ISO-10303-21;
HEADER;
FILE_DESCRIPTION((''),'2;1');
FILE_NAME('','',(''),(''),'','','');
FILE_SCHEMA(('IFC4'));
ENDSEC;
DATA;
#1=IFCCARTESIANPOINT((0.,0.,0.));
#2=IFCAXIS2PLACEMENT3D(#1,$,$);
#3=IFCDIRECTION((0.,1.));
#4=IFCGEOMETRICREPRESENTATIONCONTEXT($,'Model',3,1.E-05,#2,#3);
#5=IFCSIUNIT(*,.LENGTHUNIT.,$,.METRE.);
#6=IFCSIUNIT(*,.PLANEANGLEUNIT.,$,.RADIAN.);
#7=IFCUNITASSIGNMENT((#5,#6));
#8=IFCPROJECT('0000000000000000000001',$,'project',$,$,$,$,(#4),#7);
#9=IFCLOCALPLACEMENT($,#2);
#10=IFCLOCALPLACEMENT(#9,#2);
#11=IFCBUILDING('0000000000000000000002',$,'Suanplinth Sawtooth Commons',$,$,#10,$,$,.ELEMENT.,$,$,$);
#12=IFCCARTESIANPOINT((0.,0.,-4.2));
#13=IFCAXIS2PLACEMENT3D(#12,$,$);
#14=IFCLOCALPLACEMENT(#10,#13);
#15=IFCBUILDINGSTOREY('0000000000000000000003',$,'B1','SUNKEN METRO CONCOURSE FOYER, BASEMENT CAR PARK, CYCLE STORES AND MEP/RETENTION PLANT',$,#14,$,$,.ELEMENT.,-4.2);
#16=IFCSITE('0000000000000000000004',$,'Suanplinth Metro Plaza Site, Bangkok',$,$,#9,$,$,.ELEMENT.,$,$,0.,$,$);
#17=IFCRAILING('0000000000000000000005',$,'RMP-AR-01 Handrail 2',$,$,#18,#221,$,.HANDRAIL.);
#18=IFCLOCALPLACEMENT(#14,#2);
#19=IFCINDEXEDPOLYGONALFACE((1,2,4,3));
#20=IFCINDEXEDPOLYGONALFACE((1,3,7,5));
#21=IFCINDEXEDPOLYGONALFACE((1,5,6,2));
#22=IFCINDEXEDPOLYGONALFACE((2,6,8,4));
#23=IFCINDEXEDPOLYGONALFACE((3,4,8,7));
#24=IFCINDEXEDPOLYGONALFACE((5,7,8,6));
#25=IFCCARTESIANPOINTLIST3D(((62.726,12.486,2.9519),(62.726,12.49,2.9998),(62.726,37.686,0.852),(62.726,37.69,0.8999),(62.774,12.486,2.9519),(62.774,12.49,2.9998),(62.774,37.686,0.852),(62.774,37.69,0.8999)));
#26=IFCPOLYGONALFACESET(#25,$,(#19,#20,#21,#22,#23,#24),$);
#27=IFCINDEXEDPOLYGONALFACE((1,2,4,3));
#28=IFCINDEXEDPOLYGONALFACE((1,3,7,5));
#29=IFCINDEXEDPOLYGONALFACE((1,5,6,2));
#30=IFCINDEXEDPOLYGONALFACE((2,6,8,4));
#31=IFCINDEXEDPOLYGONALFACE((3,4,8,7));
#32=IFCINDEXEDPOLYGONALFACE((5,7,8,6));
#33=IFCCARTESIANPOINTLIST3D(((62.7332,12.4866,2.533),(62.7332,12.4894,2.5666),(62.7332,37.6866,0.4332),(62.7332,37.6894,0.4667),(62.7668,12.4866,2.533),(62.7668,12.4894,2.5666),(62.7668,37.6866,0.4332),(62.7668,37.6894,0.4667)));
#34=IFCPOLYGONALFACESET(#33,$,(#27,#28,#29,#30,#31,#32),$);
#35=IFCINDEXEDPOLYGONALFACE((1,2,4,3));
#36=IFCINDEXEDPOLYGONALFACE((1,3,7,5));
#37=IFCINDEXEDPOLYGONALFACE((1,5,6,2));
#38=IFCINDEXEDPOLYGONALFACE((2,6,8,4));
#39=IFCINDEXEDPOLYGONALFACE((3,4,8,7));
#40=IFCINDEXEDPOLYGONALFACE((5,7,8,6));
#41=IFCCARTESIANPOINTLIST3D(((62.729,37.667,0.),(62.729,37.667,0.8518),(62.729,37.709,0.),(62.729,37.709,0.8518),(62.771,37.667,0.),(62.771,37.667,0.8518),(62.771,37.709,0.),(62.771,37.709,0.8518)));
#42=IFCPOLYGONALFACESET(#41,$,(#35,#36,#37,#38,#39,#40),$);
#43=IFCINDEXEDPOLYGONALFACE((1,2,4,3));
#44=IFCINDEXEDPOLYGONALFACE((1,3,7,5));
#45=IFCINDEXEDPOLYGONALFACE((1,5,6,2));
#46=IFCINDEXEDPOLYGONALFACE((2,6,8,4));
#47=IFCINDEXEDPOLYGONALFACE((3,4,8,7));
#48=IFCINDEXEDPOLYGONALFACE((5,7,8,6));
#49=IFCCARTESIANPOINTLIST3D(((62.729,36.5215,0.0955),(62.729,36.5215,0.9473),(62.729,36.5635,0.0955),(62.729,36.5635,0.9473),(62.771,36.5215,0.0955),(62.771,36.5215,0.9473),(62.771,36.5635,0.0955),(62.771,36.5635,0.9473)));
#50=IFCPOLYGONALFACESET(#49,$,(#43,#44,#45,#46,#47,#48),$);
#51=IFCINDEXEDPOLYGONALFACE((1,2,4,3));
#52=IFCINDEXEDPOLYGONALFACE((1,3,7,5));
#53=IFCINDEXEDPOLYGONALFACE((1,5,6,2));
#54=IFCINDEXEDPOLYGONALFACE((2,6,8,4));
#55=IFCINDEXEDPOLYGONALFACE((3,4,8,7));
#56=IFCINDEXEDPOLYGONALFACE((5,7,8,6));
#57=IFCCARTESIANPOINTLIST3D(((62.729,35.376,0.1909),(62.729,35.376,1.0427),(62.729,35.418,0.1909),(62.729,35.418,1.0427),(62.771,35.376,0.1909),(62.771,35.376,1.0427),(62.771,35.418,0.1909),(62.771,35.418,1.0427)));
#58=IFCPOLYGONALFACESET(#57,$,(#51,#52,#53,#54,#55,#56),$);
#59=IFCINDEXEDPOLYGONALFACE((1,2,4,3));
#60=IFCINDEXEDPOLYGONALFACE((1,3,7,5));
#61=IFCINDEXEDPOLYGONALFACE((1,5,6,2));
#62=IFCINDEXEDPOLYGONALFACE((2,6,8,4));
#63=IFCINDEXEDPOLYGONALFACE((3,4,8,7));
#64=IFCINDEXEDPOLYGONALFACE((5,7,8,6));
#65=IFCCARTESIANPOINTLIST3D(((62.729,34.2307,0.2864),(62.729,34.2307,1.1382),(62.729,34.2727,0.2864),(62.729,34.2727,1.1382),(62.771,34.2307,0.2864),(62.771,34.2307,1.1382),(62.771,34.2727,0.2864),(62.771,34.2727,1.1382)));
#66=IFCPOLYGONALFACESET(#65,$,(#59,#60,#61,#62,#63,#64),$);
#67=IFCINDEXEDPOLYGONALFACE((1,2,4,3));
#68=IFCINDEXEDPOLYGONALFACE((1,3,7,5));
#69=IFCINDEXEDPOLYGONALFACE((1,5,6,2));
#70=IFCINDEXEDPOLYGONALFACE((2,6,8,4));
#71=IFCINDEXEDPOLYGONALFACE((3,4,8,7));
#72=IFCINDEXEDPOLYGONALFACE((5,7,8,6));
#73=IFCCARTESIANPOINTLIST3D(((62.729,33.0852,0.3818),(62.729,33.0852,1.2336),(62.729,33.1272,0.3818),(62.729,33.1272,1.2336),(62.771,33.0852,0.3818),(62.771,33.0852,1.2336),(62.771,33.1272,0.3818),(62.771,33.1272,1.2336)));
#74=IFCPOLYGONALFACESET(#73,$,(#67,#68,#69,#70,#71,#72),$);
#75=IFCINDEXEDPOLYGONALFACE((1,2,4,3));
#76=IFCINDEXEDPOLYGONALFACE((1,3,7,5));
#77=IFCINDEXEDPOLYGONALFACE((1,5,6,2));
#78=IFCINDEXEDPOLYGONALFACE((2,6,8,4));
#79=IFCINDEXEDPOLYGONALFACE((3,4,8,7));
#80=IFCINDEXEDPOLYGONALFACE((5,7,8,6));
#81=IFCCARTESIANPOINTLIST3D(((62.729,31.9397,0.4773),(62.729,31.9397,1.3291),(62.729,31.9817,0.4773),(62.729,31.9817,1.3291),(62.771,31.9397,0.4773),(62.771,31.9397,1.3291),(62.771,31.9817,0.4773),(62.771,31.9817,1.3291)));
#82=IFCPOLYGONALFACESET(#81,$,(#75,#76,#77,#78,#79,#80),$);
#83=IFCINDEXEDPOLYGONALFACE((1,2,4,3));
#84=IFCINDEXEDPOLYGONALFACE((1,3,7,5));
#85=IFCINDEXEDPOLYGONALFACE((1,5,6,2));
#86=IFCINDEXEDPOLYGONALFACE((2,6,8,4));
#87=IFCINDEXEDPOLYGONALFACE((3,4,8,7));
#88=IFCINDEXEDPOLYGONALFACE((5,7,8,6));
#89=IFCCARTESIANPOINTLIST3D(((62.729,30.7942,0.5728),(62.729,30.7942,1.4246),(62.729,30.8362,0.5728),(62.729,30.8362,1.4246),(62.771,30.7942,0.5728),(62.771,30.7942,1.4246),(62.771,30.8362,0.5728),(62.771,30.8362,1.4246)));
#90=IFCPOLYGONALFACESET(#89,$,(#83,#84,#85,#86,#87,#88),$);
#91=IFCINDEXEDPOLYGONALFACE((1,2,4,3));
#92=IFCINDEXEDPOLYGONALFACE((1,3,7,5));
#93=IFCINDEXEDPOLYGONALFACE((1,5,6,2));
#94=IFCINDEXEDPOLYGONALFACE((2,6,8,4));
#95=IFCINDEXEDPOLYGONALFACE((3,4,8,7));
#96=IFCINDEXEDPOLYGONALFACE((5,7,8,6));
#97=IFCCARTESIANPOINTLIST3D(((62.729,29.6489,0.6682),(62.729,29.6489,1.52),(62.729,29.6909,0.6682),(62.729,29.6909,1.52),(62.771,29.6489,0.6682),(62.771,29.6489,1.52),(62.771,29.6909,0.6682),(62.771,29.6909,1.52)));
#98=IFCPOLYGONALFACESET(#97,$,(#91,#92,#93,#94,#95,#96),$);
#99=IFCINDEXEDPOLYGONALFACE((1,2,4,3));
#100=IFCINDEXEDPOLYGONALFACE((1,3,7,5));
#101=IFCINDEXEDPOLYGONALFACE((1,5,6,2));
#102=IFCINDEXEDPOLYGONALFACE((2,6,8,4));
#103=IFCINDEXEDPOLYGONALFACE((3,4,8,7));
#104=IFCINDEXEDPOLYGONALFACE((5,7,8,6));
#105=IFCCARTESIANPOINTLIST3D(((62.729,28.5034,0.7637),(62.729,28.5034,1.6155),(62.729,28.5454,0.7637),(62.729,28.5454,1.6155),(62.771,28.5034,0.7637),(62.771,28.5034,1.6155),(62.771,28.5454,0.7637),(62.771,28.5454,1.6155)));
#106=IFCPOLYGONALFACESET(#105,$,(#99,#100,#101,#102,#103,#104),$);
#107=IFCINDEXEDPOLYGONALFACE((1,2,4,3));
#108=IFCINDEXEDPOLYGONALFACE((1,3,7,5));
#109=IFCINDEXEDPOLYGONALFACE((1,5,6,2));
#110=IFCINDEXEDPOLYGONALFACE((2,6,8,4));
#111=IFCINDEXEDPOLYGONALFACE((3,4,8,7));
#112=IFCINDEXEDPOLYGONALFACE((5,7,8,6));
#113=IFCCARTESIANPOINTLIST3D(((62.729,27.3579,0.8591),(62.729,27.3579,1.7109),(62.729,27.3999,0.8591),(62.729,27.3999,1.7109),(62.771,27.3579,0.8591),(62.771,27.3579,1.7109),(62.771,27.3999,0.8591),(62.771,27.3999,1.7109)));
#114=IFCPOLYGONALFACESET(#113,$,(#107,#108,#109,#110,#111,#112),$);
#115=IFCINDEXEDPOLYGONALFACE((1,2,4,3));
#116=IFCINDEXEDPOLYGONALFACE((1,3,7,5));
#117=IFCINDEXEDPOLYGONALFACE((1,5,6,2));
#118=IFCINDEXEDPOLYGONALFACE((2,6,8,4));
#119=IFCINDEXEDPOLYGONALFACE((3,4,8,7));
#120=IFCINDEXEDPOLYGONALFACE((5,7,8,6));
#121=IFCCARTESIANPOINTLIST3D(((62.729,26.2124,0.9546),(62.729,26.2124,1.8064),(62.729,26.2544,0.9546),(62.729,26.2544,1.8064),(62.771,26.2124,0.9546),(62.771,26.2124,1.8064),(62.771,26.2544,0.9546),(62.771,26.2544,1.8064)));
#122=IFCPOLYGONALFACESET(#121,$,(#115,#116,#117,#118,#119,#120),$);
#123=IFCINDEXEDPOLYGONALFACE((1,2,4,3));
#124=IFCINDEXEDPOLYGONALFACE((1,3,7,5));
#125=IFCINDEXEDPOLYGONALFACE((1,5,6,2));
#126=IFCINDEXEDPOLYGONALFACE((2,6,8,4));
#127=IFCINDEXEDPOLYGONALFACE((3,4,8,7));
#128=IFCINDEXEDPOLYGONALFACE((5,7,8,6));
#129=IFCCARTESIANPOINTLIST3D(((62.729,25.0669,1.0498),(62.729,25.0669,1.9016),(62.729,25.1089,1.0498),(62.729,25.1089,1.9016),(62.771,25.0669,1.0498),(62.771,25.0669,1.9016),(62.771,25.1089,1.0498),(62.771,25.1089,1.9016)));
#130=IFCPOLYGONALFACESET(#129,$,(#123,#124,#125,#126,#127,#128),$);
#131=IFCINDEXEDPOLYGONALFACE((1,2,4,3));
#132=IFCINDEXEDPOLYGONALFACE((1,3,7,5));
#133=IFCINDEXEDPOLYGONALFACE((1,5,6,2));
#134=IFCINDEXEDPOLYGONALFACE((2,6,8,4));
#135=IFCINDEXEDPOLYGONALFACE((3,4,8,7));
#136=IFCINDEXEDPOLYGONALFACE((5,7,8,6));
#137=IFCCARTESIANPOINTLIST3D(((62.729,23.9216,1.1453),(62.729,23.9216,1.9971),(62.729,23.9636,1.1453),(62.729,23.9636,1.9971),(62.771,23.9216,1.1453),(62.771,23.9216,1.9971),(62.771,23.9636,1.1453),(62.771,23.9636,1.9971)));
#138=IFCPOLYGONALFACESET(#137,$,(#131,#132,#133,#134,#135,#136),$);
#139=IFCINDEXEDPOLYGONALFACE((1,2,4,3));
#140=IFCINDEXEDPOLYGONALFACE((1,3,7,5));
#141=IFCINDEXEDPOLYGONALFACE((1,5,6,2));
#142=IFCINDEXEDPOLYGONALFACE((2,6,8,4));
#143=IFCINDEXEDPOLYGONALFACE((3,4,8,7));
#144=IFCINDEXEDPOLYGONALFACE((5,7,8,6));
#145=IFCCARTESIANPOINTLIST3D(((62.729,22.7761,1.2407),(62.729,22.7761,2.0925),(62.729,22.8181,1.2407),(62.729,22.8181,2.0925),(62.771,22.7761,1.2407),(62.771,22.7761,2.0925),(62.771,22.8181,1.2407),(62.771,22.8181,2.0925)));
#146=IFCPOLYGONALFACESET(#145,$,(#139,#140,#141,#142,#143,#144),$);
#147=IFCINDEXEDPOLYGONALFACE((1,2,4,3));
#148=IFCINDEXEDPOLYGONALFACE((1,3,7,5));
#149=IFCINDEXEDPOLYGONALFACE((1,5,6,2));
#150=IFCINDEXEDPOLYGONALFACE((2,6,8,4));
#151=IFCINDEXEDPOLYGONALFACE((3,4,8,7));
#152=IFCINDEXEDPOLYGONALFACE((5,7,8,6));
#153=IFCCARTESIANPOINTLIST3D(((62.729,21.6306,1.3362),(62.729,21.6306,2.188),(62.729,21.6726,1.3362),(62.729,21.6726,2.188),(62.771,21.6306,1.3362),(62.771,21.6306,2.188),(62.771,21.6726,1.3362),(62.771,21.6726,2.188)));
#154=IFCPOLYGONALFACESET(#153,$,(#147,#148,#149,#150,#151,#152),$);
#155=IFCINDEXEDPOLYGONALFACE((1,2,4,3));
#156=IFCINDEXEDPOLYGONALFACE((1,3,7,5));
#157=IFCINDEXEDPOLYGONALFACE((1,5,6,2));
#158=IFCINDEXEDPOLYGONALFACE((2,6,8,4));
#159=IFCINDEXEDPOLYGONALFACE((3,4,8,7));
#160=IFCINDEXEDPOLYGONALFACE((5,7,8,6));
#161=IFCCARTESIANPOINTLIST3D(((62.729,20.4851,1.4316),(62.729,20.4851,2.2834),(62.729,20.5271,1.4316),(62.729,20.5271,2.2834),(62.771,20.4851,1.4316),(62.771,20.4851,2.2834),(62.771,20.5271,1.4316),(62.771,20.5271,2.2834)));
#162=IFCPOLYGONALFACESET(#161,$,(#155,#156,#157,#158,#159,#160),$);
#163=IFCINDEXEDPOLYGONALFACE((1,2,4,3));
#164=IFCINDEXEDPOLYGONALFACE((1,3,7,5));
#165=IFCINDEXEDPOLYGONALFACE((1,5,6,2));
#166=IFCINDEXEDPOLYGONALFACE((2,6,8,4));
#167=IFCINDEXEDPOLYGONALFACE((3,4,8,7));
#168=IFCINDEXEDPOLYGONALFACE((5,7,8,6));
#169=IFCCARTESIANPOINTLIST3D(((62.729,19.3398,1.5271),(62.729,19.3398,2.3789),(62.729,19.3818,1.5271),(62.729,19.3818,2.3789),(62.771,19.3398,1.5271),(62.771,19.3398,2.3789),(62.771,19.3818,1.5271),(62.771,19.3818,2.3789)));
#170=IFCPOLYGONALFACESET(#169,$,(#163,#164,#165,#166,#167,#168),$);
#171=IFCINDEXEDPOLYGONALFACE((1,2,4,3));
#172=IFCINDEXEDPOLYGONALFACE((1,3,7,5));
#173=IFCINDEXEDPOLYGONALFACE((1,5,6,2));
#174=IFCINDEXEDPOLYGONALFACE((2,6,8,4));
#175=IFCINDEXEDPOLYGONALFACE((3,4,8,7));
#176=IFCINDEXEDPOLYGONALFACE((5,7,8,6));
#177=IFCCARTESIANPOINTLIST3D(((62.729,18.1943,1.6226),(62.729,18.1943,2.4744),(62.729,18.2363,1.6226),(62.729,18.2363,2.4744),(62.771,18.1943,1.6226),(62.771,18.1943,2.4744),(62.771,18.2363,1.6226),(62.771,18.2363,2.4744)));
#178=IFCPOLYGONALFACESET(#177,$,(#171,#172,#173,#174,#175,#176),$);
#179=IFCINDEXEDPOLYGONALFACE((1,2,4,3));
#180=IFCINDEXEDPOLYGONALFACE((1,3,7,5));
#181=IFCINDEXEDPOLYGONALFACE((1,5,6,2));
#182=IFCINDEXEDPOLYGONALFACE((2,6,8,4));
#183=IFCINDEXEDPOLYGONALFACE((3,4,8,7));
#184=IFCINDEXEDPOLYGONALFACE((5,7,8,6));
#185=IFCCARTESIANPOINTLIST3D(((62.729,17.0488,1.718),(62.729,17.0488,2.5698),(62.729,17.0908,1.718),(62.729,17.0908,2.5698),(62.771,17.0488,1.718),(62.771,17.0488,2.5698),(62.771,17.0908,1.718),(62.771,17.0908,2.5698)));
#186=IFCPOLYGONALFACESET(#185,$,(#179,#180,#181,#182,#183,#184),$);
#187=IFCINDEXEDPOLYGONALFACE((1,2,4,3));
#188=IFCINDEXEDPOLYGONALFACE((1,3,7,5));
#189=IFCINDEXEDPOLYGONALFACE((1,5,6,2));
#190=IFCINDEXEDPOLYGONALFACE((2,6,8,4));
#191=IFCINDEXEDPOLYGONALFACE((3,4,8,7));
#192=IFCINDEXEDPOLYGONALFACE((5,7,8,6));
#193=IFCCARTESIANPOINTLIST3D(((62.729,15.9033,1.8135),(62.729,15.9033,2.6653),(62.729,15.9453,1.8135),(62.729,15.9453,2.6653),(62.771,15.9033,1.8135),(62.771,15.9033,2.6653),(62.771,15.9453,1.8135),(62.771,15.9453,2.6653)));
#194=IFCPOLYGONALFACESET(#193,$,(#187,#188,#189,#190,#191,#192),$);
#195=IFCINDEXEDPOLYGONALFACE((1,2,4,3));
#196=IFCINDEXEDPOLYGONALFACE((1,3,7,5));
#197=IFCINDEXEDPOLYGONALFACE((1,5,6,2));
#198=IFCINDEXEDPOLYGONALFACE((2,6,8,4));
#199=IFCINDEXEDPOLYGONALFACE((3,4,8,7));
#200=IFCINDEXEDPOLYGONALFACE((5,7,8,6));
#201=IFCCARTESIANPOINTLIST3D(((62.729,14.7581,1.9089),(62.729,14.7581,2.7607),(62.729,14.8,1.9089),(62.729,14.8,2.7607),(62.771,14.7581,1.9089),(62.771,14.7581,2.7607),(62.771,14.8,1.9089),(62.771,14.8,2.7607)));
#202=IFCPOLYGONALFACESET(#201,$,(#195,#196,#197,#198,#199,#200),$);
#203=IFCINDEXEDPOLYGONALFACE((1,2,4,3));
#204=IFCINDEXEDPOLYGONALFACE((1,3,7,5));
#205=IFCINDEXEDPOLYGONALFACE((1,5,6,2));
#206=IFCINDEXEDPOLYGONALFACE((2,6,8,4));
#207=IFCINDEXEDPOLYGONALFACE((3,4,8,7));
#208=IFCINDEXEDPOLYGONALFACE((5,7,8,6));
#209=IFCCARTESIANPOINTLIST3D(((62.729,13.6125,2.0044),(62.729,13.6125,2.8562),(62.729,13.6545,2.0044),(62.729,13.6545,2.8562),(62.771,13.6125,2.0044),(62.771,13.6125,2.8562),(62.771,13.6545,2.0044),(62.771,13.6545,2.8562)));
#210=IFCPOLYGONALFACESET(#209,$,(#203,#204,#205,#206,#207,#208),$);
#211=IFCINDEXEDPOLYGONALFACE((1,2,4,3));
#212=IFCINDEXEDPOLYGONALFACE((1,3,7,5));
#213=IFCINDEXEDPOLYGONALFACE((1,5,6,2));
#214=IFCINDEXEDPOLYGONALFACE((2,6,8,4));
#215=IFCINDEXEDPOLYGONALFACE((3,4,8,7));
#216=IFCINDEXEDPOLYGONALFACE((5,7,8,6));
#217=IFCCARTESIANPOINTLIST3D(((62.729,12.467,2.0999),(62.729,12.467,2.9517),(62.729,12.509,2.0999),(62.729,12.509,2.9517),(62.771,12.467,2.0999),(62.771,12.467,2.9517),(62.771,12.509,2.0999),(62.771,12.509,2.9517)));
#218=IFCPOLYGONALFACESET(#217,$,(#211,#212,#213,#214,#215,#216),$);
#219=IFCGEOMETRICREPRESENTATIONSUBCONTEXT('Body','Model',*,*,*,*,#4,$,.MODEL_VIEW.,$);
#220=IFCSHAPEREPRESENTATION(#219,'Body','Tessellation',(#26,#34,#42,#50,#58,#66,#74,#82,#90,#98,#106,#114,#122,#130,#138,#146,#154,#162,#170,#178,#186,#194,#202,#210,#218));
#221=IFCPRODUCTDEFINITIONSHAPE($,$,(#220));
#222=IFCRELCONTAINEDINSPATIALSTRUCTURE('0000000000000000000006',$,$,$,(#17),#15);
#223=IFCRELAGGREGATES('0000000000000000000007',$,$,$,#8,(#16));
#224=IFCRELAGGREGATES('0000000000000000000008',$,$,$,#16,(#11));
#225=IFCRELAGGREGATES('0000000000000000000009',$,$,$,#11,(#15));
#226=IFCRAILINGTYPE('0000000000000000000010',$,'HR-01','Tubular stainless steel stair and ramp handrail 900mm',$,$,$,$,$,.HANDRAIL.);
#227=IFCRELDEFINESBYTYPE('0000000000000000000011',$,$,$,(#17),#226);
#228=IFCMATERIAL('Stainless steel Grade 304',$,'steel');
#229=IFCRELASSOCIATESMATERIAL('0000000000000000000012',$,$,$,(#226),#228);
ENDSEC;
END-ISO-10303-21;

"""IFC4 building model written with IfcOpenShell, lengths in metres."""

from ifc_helpers import new_model, si_unit, direction, frame, origin, origin_2d, place, context, subcontext, project, spatial, rectangle, extrude, material, type_object, element, save


model = new_model("IFC4")

# Units and contexts
model_context = context("Model", 3, precision=1e-05, world=origin(), true_north=direction((0.0, 1.0)))
body_context = subcontext(model_context, "Body", "Model", "MODEL_VIEW")
ifc_project = project(units=[si_unit("LENGTHUNIT", "METRE"), si_unit("PLANEANGLEUNIT", "RADIAN")], contexts=[model_context])

# Site, building, storey
site_placement = place(None, origin())
site = spatial("IfcSite", under=ifc_project, at=site_placement, Name="Suanplinth Metro Plaza Site, Bangkok", CompositionType="ELEMENT", RefElevation=0.0)
building_placement = place(site_placement, origin())
building = spatial("IfcBuilding", under=site, at=building_placement, Name="Suanplinth Sawtooth Commons", CompositionType="ELEMENT")
storey_placement = place(building_placement, frame((0.0, 0.0, -4.2)))
storey = spatial("IfcBuildingStorey", under=building, at=storey_placement, Name="B1", Description="SUNKEN METRO CONCOURSE FOYER, BASEMENT CAR PARK, CYCLE STORES AND MEP/RETENTION PLANT", CompositionType="ELEMENT", Elevation=-4.2)

# Railing
ifc_material_1 = material(Name="Stainless steel Grade 304", Category="steel")
railing_type_1 = type_object("IfcRailingType", Name="HR-01", Description="Tubular stainless steel stair and ramp handrail 900mm", PredefinedType="HANDRAIL", material=ifc_material_1)
railing_1_placement = place(storey_placement, frame((62.75, 37.688, 0.0)))
element("IfcRailing", 1, at=railing_1_placement, inside=storey, type_object=railing_type_1, Name="RMP-AR-01 Handrail 2", PredefinedType="HANDRAIL", context=body_context, shape_type="SweptSolid", body=[
    extrude(rectangle(XDim=0.0481, YDim=0.0481, at=origin_2d()), frame((0.0, 0.0, 0.876), z_axis=(0.0, -0.996546, 0.08304), x_axis=(1.0, 0.0, 0.0)), (0.0, 0.0, 1.0), 25.2874),
    extrude(rectangle(XDim=0.0337, YDim=0.0337, at=origin_2d()), frame((0.0, 0.0, 0.45), z_axis=(0.0, -0.996546, 0.08304), x_axis=(1.0, 0.0, 0.0)), (0.0, 0.0, 1.0), 25.2874),
    extrude(rectangle(XDim=0.042, YDim=0.042, at=origin_2d()), origin(), (0.0, 0.0, 1.0), 0.8518),
    extrude(rectangle(XDim=0.042, YDim=0.042, at=origin_2d()), frame((0.0, -1.1455, 0.0955)), (0.0, 0.0, 1.0), 0.8518),
    extrude(rectangle(XDim=0.042, YDim=0.042, at=origin_2d()), frame((0.0, -2.291, 0.1909)), (0.0, 0.0, 1.0), 0.8518),
    extrude(rectangle(XDim=0.042, YDim=0.042, at=origin_2d()), frame((0.0, -3.4363, 0.2864)), (0.0, 0.0, 1.0), 0.8518),
    extrude(rectangle(XDim=0.042, YDim=0.042, at=origin_2d()), frame((0.0, -4.5818, 0.3818)), (0.0, 0.0, 1.0), 0.8518),
    extrude(rectangle(XDim=0.042, YDim=0.042, at=origin_2d()), frame((0.0, -5.7273, 0.4773)), (0.0, 0.0, 1.0), 0.8518),
    extrude(rectangle(XDim=0.042, YDim=0.042, at=origin_2d()), frame((0.0, -6.8728, 0.5728)), (0.0, 0.0, 1.0), 0.8518),
    extrude(rectangle(XDim=0.042, YDim=0.042, at=origin_2d()), frame((0.0, -8.0181, 0.6682)), (0.0, 0.0, 1.0), 0.8518),
    extrude(rectangle(XDim=0.042, YDim=0.042, at=origin_2d()), frame((0.0, -9.1636, 0.7637)), (0.0, 0.0, 1.0), 0.8518),
    extrude(rectangle(XDim=0.042, YDim=0.042, at=origin_2d()), frame((0.0, -10.3091, 0.8591)), (0.0, 0.0, 1.0), 0.8518),
    extrude(rectangle(XDim=0.042, YDim=0.042, at=origin_2d()), frame((0.0, -11.4546, 0.9546)), (0.0, 0.0, 1.0), 0.8518),
    extrude(rectangle(XDim=0.042, YDim=0.042, at=origin_2d()), frame((0.0, -12.6001, 1.0498)), (0.0, 0.0, 1.0), 0.8518),
    extrude(rectangle(XDim=0.042, YDim=0.042, at=origin_2d()), frame((0.0, -13.7454, 1.1453)), (0.0, 0.0, 1.0), 0.8518),
    extrude(rectangle(XDim=0.042, YDim=0.042, at=origin_2d()), frame((0.0, -14.8909, 1.2407)), (0.0, 0.0, 1.0), 0.8518),
    extrude(rectangle(XDim=0.042, YDim=0.042, at=origin_2d()), frame((0.0, -16.0364, 1.3362)), (0.0, 0.0, 1.0), 0.8518),
    extrude(rectangle(XDim=0.042, YDim=0.042, at=origin_2d()), frame((0.0, -17.1819, 1.4316)), (0.0, 0.0, 1.0), 0.8518),
    extrude(rectangle(XDim=0.042, YDim=0.042, at=origin_2d()), frame((0.0, -18.3271, 1.5271)), (0.0, 0.0, 1.0), 0.8518),
    extrude(rectangle(XDim=0.042, YDim=0.042, at=origin_2d()), frame((0.0, -19.4727, 1.6226)), (0.0, 0.0, 1.0), 0.8518),
    extrude(rectangle(XDim=0.042, YDim=0.042, at=origin_2d()), frame((0.0, -20.6182, 1.718)), (0.0, 0.0, 1.0), 0.8518),
    extrude(rectangle(XDim=0.042, YDim=0.042, at=origin_2d()), frame((0.0, -21.7637, 1.8135)), (0.0, 0.0, 1.0), 0.8518),
    extrude(rectangle(XDim=0.042, YDim=0.042, at=origin_2d()), frame((0.0, -22.9089, 1.9089)), (0.0, 0.0, 1.0), 0.8518),
    extrude(rectangle(XDim=0.042, YDim=0.042, at=origin_2d()), frame((0.0, -24.0544, 2.0044)), (0.0, 0.0, 1.0), 0.8518),
    extrude(rectangle(XDim=0.042, YDim=0.042, at=origin_2d()), frame((0.0, -25.2, 2.0999)), (0.0, 0.0, 1.0), 0.8518),
])

save(model, "model.ifc")
